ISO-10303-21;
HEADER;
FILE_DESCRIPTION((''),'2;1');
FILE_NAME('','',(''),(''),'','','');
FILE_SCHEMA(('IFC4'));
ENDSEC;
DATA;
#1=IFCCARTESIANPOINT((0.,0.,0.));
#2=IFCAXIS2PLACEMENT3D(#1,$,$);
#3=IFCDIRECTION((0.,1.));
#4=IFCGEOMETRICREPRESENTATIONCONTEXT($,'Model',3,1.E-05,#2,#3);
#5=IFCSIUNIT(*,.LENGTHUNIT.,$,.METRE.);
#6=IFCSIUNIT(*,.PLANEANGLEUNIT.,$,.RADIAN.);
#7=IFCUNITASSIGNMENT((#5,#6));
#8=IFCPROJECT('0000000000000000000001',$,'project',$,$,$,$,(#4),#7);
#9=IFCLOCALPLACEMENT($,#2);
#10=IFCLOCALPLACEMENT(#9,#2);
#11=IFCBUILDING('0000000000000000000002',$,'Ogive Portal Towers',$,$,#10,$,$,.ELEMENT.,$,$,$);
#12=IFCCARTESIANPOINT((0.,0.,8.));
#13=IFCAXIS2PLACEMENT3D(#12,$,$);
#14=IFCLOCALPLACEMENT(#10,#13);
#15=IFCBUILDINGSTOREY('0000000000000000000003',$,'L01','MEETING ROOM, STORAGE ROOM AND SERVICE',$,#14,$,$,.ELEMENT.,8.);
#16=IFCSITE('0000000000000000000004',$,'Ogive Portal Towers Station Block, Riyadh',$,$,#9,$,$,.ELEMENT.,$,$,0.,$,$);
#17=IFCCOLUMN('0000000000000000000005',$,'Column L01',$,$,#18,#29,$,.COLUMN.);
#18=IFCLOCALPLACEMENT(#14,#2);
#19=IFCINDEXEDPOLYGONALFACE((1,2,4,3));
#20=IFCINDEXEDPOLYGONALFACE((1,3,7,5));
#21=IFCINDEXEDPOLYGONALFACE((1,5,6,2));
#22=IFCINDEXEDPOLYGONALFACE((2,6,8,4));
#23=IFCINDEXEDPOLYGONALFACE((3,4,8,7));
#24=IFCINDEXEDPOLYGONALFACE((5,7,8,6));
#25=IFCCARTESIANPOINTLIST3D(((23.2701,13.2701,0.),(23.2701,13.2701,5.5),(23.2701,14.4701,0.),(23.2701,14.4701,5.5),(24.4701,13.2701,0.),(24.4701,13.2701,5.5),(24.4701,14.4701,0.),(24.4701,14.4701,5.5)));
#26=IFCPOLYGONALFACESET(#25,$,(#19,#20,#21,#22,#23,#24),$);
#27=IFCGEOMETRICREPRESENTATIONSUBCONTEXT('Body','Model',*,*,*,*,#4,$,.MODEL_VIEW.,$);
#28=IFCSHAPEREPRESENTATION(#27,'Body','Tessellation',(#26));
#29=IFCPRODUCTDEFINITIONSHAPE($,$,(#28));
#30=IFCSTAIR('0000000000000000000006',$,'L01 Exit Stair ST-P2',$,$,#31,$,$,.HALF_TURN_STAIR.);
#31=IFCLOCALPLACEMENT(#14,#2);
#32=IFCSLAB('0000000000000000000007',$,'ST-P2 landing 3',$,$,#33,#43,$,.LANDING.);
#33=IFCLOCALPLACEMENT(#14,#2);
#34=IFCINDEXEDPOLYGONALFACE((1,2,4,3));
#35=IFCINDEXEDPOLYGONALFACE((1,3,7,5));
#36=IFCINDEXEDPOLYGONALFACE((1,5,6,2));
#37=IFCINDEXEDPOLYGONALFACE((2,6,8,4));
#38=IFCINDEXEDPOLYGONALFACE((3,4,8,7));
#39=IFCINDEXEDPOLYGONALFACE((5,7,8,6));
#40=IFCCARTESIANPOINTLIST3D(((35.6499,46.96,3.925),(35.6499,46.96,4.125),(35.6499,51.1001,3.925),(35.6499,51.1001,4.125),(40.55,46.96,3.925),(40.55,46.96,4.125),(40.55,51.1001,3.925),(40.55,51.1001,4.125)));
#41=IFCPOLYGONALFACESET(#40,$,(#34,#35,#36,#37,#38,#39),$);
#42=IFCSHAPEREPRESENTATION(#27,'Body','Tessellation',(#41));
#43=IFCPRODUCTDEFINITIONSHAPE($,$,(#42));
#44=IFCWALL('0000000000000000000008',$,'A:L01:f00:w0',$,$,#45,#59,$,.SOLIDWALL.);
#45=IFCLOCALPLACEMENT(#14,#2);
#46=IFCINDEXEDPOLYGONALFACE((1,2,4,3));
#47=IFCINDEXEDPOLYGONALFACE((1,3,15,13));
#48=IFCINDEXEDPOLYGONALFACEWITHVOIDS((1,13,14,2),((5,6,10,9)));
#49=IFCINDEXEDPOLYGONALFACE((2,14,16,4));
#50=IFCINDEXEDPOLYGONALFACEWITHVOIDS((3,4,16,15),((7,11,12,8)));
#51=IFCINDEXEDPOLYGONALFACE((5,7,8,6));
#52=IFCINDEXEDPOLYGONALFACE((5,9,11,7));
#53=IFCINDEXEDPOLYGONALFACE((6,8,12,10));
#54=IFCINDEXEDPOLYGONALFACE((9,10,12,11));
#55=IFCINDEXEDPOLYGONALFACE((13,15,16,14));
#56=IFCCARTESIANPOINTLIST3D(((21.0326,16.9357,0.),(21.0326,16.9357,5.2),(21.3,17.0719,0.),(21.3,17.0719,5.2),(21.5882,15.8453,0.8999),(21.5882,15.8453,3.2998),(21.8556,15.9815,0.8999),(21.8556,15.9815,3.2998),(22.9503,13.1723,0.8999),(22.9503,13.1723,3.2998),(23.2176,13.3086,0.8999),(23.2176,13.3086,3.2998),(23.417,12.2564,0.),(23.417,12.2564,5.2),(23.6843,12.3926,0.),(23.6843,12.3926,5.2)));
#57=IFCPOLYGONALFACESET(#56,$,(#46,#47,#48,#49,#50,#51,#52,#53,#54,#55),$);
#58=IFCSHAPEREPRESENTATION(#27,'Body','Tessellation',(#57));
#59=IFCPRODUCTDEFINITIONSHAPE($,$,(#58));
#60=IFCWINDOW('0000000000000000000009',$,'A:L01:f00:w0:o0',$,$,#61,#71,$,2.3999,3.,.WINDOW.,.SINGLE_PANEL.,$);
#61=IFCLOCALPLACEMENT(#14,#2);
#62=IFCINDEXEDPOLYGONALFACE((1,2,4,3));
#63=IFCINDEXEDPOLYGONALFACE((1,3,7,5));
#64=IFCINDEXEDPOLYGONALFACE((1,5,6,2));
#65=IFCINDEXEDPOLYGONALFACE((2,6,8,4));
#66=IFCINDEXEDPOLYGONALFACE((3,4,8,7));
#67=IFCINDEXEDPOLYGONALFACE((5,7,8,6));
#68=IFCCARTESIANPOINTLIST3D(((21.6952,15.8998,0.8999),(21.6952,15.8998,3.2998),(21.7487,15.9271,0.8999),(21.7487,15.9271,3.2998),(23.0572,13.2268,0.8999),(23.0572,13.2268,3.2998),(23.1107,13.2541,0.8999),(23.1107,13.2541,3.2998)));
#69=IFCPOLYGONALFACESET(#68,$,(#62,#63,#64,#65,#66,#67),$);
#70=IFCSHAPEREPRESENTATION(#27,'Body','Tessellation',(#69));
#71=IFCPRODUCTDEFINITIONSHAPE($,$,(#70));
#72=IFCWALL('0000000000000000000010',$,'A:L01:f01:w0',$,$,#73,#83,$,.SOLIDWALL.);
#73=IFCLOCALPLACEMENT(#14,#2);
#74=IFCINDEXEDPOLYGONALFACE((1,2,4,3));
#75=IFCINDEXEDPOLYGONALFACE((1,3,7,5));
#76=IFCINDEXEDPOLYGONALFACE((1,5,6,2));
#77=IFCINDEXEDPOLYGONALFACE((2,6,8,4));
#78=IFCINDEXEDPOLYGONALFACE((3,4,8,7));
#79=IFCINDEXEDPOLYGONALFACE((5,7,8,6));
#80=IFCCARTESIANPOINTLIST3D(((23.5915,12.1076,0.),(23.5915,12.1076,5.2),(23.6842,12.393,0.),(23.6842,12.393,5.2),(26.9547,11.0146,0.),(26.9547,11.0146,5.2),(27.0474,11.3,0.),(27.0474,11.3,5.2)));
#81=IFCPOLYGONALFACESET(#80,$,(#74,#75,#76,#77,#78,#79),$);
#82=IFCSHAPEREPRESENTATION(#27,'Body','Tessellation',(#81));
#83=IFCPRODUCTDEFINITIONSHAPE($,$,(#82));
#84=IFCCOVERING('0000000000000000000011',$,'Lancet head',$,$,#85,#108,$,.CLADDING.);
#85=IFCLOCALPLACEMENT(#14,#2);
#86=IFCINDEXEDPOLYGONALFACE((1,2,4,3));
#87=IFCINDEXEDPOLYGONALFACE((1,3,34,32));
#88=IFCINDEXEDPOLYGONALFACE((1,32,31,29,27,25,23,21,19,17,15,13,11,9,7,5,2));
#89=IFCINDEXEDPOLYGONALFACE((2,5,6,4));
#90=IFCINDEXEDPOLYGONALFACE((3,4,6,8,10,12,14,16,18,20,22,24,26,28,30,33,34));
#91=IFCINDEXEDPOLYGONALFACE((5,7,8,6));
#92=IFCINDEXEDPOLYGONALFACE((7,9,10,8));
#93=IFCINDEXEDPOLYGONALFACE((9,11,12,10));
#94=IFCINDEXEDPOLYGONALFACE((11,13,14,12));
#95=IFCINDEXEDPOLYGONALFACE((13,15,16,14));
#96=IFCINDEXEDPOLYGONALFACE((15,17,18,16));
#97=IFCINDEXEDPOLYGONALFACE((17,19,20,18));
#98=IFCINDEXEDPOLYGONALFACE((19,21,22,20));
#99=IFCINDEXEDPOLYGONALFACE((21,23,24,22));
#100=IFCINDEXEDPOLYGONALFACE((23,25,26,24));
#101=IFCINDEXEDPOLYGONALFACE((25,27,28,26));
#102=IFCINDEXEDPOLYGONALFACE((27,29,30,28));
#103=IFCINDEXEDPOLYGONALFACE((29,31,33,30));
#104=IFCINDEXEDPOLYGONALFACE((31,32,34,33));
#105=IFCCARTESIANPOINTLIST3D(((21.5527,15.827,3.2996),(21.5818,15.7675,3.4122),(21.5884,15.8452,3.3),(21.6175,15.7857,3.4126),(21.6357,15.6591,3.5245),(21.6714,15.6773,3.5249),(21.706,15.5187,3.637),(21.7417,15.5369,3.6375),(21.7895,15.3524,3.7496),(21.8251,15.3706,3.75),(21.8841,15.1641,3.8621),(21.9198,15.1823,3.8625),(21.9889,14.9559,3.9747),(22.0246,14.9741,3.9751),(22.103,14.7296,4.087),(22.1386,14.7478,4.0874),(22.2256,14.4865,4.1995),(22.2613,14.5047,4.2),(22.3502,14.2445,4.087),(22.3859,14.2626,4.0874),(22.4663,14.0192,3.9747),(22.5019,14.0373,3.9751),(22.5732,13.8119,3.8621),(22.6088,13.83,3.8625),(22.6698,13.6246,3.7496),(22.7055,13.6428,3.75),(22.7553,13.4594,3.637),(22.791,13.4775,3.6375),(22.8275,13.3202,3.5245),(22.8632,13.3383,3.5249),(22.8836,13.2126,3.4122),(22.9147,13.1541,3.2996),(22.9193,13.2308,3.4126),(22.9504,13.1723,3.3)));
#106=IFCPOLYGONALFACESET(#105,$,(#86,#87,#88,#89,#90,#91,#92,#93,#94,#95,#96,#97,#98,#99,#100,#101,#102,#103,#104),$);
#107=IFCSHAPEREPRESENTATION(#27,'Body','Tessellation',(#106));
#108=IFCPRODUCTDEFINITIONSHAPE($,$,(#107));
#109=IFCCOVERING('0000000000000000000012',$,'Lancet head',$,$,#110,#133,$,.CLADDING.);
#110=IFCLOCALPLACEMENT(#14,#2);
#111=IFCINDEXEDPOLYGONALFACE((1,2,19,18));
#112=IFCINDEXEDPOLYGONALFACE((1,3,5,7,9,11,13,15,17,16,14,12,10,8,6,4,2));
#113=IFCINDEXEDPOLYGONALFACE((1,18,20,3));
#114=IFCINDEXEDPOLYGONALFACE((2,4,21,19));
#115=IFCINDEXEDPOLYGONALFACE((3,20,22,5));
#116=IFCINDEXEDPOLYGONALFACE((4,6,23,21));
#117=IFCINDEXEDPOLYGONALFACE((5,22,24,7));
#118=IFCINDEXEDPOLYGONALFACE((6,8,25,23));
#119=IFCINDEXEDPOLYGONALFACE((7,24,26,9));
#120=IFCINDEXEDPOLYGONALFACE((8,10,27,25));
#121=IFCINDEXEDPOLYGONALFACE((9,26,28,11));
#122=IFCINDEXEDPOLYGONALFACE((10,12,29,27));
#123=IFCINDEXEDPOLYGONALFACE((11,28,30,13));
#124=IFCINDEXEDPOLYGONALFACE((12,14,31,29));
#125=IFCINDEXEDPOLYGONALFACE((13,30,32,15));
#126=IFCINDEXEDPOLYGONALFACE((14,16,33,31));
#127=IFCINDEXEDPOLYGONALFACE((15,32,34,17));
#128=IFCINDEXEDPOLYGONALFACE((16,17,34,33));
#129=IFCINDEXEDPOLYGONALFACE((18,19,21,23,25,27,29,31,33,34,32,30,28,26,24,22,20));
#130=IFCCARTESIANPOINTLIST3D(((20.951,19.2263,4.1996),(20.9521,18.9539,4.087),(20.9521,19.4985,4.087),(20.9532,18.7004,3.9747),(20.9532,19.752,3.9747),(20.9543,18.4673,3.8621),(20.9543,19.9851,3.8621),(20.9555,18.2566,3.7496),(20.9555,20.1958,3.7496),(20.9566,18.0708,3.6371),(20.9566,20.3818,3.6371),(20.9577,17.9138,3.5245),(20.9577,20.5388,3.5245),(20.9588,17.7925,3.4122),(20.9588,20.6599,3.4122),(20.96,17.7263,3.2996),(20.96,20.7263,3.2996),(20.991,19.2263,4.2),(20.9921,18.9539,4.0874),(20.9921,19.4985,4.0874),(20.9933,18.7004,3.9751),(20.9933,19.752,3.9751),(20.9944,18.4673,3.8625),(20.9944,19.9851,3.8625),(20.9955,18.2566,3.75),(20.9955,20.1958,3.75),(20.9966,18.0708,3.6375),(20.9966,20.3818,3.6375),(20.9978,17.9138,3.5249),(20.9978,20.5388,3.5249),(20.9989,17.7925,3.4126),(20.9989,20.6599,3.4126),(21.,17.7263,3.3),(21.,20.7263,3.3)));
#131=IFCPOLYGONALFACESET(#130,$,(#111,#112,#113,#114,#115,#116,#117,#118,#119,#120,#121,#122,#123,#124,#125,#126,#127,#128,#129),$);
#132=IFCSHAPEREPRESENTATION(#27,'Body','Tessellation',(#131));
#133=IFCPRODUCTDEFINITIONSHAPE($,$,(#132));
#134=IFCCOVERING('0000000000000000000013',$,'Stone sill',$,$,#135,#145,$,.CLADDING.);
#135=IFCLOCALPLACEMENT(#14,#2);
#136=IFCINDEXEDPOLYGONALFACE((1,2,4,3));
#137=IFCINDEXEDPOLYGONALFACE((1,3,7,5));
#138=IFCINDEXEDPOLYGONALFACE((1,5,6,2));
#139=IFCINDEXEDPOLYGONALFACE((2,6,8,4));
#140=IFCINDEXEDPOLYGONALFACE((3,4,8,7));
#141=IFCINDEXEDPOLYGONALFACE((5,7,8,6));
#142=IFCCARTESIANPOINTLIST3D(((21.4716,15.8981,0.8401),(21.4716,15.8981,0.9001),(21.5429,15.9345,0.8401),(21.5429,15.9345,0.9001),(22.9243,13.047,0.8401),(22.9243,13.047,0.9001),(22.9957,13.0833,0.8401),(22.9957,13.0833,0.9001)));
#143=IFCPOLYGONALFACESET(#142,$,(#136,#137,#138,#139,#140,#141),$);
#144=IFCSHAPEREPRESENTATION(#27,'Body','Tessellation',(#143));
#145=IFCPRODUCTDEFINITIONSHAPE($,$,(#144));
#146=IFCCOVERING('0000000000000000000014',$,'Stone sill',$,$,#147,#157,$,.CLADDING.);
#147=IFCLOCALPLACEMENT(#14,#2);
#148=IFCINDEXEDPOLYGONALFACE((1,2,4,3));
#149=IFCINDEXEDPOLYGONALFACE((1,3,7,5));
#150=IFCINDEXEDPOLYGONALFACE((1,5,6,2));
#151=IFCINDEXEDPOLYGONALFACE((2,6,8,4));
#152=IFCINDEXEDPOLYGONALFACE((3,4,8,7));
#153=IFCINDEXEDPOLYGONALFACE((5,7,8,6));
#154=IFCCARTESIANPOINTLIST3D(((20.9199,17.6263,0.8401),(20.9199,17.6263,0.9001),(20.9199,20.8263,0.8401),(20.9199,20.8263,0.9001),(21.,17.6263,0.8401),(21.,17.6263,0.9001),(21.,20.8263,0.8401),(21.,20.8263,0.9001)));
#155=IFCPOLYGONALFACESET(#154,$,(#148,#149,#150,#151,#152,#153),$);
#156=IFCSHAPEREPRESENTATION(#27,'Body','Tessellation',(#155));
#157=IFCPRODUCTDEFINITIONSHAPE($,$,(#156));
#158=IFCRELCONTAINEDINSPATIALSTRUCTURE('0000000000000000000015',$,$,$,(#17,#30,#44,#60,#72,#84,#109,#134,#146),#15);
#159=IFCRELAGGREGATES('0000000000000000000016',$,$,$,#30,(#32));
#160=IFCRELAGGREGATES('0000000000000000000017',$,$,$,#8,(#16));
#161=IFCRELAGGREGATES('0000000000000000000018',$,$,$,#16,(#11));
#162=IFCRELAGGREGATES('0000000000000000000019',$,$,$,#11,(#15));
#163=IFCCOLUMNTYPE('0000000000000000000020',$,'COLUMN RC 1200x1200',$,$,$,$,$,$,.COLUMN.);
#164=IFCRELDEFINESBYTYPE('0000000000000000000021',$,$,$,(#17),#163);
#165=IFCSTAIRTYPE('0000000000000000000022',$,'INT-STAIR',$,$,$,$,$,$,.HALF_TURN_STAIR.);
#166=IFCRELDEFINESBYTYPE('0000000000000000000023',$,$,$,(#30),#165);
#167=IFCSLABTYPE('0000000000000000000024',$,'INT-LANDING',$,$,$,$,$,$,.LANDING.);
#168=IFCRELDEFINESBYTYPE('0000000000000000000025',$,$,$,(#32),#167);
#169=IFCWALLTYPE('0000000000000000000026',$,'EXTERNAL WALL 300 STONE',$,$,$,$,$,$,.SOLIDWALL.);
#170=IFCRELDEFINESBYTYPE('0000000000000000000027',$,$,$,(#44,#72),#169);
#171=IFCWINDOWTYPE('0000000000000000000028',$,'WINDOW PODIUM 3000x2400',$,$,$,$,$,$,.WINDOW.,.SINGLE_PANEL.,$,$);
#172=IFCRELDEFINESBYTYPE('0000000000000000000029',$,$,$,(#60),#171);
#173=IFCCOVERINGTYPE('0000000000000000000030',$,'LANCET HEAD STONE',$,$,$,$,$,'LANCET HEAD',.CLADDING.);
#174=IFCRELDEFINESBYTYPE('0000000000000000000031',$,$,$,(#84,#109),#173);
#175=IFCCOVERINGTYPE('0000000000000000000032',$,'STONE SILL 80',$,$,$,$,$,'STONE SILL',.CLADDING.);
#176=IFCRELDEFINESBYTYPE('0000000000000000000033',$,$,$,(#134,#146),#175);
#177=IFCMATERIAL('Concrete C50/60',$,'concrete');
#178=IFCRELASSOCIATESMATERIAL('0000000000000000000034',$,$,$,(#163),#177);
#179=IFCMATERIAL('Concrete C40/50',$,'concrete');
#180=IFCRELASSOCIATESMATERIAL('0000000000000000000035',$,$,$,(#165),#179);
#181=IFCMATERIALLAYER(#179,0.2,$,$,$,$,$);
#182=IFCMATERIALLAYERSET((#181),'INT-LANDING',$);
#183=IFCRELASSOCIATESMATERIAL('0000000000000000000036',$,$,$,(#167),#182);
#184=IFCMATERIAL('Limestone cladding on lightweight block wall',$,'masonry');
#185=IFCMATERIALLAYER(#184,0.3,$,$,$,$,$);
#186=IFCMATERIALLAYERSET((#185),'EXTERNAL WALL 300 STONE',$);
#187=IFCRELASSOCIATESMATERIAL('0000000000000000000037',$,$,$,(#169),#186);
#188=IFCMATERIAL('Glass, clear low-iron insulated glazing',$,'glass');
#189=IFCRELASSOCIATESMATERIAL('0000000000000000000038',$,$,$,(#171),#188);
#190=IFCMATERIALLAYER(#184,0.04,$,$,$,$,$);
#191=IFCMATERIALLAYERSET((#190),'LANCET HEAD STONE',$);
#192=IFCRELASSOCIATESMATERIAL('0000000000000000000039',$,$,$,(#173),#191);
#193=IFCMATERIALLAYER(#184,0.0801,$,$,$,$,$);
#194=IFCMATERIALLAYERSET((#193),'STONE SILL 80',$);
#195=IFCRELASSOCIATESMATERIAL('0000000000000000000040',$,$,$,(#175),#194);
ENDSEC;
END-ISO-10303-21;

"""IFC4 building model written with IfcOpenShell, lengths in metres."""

from ifc_helpers import new_model, si_unit, direction, frame, frame_2d, origin, origin_2d, place, context, subcontext, project, spatial, polyline, rectangle, outline, extrude, material, layer, layer_set, material_profile, profile_set, type_object, element, fill, aggregate, save


model = new_model("IFC4")

# Units and contexts
model_context = context("Model", 3, precision=1e-05, world=origin(), true_north=direction((0.0, 1.0)))
body_context = subcontext(model_context, "Body", "Model", "MODEL_VIEW")
ifc_project = project(units=[si_unit("LENGTHUNIT", "METRE"), si_unit("PLANEANGLEUNIT", "RADIAN")], contexts=[model_context])

# Site, building, storey
site_placement = place(None, origin())
site = spatial("IfcSite", under=ifc_project, at=site_placement, Name="Ogive Portal Towers Station Block, Riyadh", CompositionType="ELEMENT", RefElevation=0.0)
building_placement = place(site_placement, origin())
building = spatial("IfcBuilding", under=site, at=building_placement, Name="Ogive Portal Towers", CompositionType="ELEMENT")
storey_placement = place(building_placement, frame((0.0, 0.0, 8.0)))
storey = spatial("IfcBuildingStorey", under=building, at=storey_placement, Name="L01", Description="MEETING ROOM, STORAGE ROOM AND SERVICE", CompositionType="ELEMENT", Elevation=8.0)

# Column
ifc_material_1 = material(Name="Concrete C50/60", Category="concrete")
ifc_material_profile = material_profile(ifc_material_1, rectangle(XDim=1.2, YDim=1.2, at=origin_2d()), Name="RC 1200x1200")
ifc_profile_set = profile_set([ifc_material_profile], Name="Concrete C50/60")
column_type = type_object("IfcColumnType", Name="COLUMN RC 1200x1200", PredefinedType="COLUMN", material=ifc_profile_set)
column_placement = place(storey_placement, frame((23.8701, 13.8701, 0.0), z_axis=(0.0, 0.0, 1.0), x_axis=(1.0, 0.0, 0.0)))
element("IfcColumn", 1, at=column_placement, inside=storey, type_object=column_type, Name="Column L01", PredefinedType="COLUMN", context=body_context, shape_type="SweptSolid", body=[
    extrude(rectangle(XDim=1.2, YDim=1.2, at=origin_2d()), origin(), (0.0, 0.0, 1.0), 5.5),
])

# Stair, slab
ifc_material_2 = material(Name="Concrete C40/50", Category="concrete")
stair_type = type_object("IfcStairType", Name="INT-STAIR", PredefinedType="HALF_TURN_STAIR", material=ifc_material_2)
stair_placement = place(storey_placement, origin())
stair = element("IfcStair", 2, at=stair_placement, inside=storey, type_object=stair_type, Name="L01 Exit Stair ST-P2", PredefinedType="HALF_TURN_STAIR")
ifc_layer_1 = layer(ifc_material_2, 0.2)
ifc_layer_set_1 = layer_set([ifc_layer_1], Name="INT-LANDING")
slab_type = type_object("IfcSlabType", Name="INT-LANDING", PredefinedType="LANDING", material=ifc_layer_set_1)
slab_placement = place(storey_placement, frame((0.0, 0.0, 3.925)))
slab = element("IfcSlab", 3, at=slab_placement, type_object=slab_type, Name="ST-P2 landing 3", PredefinedType="LANDING", context=body_context, shape_type="SweptSolid", body=[
    extrude(outline(polyline([(40.55, 46.96), (40.55, 51.1001), (35.6499, 51.1001), (35.6499, 46.96), (40.55, 46.96)])), origin(), (0.0, 0.0, 1.0), 0.2),
])
aggregate(stair, [slab])

# Wall, opening, window
ifc_material_3 = material(Name="Limestone cladding on lightweight block wall", Category="masonry")
ifc_layer_2 = layer(ifc_material_3, 0.3)
ifc_layer_set_2 = layer_set([ifc_layer_2], Name="EXTERNAL WALL 300 STONE")
wall_type = type_object("IfcWallType", Name="EXTERNAL WALL 300 STONE", PredefinedType="SOLIDWALL", material=ifc_layer_set_2)
wall_1_placement = place(storey_placement, frame((21.1663, 17.0039, 0.0), z_axis=(0.0, 0.0, 1.0), x_axis=(0.454007, -0.890998, 0.0)))
wall_1 = element("IfcWall", 4, at=wall_1_placement, inside=storey, type_object=wall_type, Name="A:L01:f00:w0", PredefinedType="SOLIDWALL", context=body_context, shape_type="SweptSolid", body=[
    extrude(rectangle(XDim=5.2517, YDim=0.3, at=frame_2d((2.626, 0.0))), origin(), (0.0, 0.0, 1.0), 5.2),
])
opening_placement = place(wall_1_placement, frame((1.2239, 0.0, 0.8999)))
opening = element("IfcOpeningElement", 5, at=opening_placement, cuts=wall_1, PredefinedType="OPENING", context=body_context, shape_type="SweptSolid", body=[
    extrude(rectangle(XDim=3.0, YDim=2.3999, at=frame_2d((1.5, 1.2))), frame((0.0, 0.1602, 0.0), z_axis=(0.0, -1.0, 0.0), x_axis=(1.0, 0.0, 0.0)), (0.0, 0.0, 1.0), 0.3201),
])
ifc_material_4 = material(Name="Glass, clear low-iron insulated glazing", Category="glass")
window_type = type_object("IfcWindowType", Name="WINDOW PODIUM 3000x2400", PartitioningType="SINGLE_PANEL", PredefinedType="WINDOW", material=ifc_material_4)
window_placement = place(opening_placement, origin())
window = element("IfcWindow", 6, at=window_placement, inside=storey, type_object=window_type, Name="A:L01:f00:w0:o0", OverallHeight=2.3999, OverallWidth=3.0, PartitioningType="SINGLE_PANEL", PredefinedType="WINDOW", context=body_context, shape_type="SweptSolid", body=[
    extrude(rectangle(XDim=3.0, YDim=2.3999, at=frame_2d((1.5, 1.2))), frame((0.0, 0.03, 0.0), z_axis=(0.0, -1.0, 0.0), x_axis=(1.0, 0.0, 0.0)), (0.0, 0.0, 1.0), 0.0601),
])
fill(opening, window)

# Wall
wall_2_placement = place(storey_placement, frame((23.6379, 12.2502, 0.0), z_axis=(0.0, 0.0, 1.0), x_axis=(0.951038, -0.309074, 0.0)))
element("IfcWall", 7, at=wall_2_placement, inside=storey, type_object=wall_type, Name="A:L01:f01:w0", PredefinedType="SOLIDWALL", context=body_context, shape_type="SweptSolid", body=[
    extrude(rectangle(XDim=3.5364, YDim=0.3, at=frame_2d((1.7681, 0.0))), origin(), (0.0, 0.0, 1.0), 5.2),
])

# Coverings
ifc_layer_3 = layer(ifc_material_3, 0.04)
ifc_layer_set_3 = layer_set([ifc_layer_3], Name="LANCET HEAD STONE")
covering_type_1 = type_object("IfcCoveringType", Name="LANCET HEAD STONE", ElementType="LANCET HEAD", PredefinedType="CLADDING", material=ifc_layer_set_3)
covering_1_placement = place(storey_placement, frame((21.5884, 15.8452, 3.3), z_axis=(0.890951, 0.453987, 0.010108), x_axis=(0.45401, -0.890997, 0.0)))
element("IfcCovering", 8, at=covering_1_placement, inside=storey, type_object=covering_type_1, Name="Lancet head", PredefinedType="CLADDING", context=body_context, shape_type="SweptSolid", body=[
    extrude(outline(polyline([(0.0, 0.0), (2.9999, 0.0), (2.9337, -0.1126), (2.8124, -0.2249), (2.6556, -0.3374), (2.4695, -0.45), (2.2588, -0.5625), (2.0256, -0.6751), (1.7721, -0.7874), (1.4999, -0.8999), (1.2276, -0.7874), (0.9742, -0.6751), (0.7411, -0.5625), (0.5304, -0.45), (0.3443, -0.3374), (0.1873, -0.2249), (0.0663, -0.1126), (0.0, 0.0)])), origin(), (0.0, 0.0, -1.0), 0.04),
])
covering_2_placement = place(storey_placement, frame((21.0, 20.7263, 3.3), z_axis=(0.99995, 0.0, 0.009994), x_axis=(0.0, -1.0, 0.0)))
element("IfcCovering", 9, at=covering_2_placement, inside=storey, type_object=covering_type_1, Name="Lancet head", PredefinedType="CLADDING", context=body_context, shape_type="SweptSolid", body=[
    extrude(outline(polyline([(0.0, 0.0), (3.0, 0.0), (2.9338, -0.1126), (2.8125, -0.2249), (2.6555, -0.3374), (2.4697, -0.45), (2.259, -0.5625), (2.0259, -0.6751), (1.7725, -0.7874), (1.5, -0.8999), (1.2278, -0.7874), (0.9744, -0.6751), (0.7412, -0.5625), (0.5305, -0.45), (0.3445, -0.3374), (0.1875, -0.2249), (0.0664, -0.1126), (0.0, 0.0)])), origin(), (0.0, 0.0, -1.0), 0.04),
])
ifc_layer_4 = layer(ifc_material_3, 0.0801)
ifc_layer_set_4 = layer_set([ifc_layer_4], Name="STONE SILL 80")
covering_type_2 = type_object("IfcCoveringType", Name="STONE SILL 80", ElementType="STONE SILL", PredefinedType="CLADDING", material=ifc_layer_set_4)
for number, where, z_axis, x_axis, name in (
    (10, (22.2336, 14.4907, 0.8401), (0.0, 0.0, 1.0), (0.45399, -0.891007, 0.0), "Stone sill"),
    (11, (20.96, 19.2263, 0.8401), (0.0, 0.0, 1.0), (0.0, -1.0, 0.0), "Stone sill"),
):
    element("IfcCovering", number, at=place(storey_placement, frame(where, z_axis=z_axis, x_axis=x_axis)), inside=storey, type_object=covering_type_2, Name=name, PredefinedType="CLADDING", context=body_context, shape_type="SweptSolid", body=[
        extrude(rectangle(XDim=3.2, YDim=0.0801, at=origin_2d()), origin(), (0.0, 0.0, 1.0), 0.0601),
    ])

save(model, "model.ifc")
